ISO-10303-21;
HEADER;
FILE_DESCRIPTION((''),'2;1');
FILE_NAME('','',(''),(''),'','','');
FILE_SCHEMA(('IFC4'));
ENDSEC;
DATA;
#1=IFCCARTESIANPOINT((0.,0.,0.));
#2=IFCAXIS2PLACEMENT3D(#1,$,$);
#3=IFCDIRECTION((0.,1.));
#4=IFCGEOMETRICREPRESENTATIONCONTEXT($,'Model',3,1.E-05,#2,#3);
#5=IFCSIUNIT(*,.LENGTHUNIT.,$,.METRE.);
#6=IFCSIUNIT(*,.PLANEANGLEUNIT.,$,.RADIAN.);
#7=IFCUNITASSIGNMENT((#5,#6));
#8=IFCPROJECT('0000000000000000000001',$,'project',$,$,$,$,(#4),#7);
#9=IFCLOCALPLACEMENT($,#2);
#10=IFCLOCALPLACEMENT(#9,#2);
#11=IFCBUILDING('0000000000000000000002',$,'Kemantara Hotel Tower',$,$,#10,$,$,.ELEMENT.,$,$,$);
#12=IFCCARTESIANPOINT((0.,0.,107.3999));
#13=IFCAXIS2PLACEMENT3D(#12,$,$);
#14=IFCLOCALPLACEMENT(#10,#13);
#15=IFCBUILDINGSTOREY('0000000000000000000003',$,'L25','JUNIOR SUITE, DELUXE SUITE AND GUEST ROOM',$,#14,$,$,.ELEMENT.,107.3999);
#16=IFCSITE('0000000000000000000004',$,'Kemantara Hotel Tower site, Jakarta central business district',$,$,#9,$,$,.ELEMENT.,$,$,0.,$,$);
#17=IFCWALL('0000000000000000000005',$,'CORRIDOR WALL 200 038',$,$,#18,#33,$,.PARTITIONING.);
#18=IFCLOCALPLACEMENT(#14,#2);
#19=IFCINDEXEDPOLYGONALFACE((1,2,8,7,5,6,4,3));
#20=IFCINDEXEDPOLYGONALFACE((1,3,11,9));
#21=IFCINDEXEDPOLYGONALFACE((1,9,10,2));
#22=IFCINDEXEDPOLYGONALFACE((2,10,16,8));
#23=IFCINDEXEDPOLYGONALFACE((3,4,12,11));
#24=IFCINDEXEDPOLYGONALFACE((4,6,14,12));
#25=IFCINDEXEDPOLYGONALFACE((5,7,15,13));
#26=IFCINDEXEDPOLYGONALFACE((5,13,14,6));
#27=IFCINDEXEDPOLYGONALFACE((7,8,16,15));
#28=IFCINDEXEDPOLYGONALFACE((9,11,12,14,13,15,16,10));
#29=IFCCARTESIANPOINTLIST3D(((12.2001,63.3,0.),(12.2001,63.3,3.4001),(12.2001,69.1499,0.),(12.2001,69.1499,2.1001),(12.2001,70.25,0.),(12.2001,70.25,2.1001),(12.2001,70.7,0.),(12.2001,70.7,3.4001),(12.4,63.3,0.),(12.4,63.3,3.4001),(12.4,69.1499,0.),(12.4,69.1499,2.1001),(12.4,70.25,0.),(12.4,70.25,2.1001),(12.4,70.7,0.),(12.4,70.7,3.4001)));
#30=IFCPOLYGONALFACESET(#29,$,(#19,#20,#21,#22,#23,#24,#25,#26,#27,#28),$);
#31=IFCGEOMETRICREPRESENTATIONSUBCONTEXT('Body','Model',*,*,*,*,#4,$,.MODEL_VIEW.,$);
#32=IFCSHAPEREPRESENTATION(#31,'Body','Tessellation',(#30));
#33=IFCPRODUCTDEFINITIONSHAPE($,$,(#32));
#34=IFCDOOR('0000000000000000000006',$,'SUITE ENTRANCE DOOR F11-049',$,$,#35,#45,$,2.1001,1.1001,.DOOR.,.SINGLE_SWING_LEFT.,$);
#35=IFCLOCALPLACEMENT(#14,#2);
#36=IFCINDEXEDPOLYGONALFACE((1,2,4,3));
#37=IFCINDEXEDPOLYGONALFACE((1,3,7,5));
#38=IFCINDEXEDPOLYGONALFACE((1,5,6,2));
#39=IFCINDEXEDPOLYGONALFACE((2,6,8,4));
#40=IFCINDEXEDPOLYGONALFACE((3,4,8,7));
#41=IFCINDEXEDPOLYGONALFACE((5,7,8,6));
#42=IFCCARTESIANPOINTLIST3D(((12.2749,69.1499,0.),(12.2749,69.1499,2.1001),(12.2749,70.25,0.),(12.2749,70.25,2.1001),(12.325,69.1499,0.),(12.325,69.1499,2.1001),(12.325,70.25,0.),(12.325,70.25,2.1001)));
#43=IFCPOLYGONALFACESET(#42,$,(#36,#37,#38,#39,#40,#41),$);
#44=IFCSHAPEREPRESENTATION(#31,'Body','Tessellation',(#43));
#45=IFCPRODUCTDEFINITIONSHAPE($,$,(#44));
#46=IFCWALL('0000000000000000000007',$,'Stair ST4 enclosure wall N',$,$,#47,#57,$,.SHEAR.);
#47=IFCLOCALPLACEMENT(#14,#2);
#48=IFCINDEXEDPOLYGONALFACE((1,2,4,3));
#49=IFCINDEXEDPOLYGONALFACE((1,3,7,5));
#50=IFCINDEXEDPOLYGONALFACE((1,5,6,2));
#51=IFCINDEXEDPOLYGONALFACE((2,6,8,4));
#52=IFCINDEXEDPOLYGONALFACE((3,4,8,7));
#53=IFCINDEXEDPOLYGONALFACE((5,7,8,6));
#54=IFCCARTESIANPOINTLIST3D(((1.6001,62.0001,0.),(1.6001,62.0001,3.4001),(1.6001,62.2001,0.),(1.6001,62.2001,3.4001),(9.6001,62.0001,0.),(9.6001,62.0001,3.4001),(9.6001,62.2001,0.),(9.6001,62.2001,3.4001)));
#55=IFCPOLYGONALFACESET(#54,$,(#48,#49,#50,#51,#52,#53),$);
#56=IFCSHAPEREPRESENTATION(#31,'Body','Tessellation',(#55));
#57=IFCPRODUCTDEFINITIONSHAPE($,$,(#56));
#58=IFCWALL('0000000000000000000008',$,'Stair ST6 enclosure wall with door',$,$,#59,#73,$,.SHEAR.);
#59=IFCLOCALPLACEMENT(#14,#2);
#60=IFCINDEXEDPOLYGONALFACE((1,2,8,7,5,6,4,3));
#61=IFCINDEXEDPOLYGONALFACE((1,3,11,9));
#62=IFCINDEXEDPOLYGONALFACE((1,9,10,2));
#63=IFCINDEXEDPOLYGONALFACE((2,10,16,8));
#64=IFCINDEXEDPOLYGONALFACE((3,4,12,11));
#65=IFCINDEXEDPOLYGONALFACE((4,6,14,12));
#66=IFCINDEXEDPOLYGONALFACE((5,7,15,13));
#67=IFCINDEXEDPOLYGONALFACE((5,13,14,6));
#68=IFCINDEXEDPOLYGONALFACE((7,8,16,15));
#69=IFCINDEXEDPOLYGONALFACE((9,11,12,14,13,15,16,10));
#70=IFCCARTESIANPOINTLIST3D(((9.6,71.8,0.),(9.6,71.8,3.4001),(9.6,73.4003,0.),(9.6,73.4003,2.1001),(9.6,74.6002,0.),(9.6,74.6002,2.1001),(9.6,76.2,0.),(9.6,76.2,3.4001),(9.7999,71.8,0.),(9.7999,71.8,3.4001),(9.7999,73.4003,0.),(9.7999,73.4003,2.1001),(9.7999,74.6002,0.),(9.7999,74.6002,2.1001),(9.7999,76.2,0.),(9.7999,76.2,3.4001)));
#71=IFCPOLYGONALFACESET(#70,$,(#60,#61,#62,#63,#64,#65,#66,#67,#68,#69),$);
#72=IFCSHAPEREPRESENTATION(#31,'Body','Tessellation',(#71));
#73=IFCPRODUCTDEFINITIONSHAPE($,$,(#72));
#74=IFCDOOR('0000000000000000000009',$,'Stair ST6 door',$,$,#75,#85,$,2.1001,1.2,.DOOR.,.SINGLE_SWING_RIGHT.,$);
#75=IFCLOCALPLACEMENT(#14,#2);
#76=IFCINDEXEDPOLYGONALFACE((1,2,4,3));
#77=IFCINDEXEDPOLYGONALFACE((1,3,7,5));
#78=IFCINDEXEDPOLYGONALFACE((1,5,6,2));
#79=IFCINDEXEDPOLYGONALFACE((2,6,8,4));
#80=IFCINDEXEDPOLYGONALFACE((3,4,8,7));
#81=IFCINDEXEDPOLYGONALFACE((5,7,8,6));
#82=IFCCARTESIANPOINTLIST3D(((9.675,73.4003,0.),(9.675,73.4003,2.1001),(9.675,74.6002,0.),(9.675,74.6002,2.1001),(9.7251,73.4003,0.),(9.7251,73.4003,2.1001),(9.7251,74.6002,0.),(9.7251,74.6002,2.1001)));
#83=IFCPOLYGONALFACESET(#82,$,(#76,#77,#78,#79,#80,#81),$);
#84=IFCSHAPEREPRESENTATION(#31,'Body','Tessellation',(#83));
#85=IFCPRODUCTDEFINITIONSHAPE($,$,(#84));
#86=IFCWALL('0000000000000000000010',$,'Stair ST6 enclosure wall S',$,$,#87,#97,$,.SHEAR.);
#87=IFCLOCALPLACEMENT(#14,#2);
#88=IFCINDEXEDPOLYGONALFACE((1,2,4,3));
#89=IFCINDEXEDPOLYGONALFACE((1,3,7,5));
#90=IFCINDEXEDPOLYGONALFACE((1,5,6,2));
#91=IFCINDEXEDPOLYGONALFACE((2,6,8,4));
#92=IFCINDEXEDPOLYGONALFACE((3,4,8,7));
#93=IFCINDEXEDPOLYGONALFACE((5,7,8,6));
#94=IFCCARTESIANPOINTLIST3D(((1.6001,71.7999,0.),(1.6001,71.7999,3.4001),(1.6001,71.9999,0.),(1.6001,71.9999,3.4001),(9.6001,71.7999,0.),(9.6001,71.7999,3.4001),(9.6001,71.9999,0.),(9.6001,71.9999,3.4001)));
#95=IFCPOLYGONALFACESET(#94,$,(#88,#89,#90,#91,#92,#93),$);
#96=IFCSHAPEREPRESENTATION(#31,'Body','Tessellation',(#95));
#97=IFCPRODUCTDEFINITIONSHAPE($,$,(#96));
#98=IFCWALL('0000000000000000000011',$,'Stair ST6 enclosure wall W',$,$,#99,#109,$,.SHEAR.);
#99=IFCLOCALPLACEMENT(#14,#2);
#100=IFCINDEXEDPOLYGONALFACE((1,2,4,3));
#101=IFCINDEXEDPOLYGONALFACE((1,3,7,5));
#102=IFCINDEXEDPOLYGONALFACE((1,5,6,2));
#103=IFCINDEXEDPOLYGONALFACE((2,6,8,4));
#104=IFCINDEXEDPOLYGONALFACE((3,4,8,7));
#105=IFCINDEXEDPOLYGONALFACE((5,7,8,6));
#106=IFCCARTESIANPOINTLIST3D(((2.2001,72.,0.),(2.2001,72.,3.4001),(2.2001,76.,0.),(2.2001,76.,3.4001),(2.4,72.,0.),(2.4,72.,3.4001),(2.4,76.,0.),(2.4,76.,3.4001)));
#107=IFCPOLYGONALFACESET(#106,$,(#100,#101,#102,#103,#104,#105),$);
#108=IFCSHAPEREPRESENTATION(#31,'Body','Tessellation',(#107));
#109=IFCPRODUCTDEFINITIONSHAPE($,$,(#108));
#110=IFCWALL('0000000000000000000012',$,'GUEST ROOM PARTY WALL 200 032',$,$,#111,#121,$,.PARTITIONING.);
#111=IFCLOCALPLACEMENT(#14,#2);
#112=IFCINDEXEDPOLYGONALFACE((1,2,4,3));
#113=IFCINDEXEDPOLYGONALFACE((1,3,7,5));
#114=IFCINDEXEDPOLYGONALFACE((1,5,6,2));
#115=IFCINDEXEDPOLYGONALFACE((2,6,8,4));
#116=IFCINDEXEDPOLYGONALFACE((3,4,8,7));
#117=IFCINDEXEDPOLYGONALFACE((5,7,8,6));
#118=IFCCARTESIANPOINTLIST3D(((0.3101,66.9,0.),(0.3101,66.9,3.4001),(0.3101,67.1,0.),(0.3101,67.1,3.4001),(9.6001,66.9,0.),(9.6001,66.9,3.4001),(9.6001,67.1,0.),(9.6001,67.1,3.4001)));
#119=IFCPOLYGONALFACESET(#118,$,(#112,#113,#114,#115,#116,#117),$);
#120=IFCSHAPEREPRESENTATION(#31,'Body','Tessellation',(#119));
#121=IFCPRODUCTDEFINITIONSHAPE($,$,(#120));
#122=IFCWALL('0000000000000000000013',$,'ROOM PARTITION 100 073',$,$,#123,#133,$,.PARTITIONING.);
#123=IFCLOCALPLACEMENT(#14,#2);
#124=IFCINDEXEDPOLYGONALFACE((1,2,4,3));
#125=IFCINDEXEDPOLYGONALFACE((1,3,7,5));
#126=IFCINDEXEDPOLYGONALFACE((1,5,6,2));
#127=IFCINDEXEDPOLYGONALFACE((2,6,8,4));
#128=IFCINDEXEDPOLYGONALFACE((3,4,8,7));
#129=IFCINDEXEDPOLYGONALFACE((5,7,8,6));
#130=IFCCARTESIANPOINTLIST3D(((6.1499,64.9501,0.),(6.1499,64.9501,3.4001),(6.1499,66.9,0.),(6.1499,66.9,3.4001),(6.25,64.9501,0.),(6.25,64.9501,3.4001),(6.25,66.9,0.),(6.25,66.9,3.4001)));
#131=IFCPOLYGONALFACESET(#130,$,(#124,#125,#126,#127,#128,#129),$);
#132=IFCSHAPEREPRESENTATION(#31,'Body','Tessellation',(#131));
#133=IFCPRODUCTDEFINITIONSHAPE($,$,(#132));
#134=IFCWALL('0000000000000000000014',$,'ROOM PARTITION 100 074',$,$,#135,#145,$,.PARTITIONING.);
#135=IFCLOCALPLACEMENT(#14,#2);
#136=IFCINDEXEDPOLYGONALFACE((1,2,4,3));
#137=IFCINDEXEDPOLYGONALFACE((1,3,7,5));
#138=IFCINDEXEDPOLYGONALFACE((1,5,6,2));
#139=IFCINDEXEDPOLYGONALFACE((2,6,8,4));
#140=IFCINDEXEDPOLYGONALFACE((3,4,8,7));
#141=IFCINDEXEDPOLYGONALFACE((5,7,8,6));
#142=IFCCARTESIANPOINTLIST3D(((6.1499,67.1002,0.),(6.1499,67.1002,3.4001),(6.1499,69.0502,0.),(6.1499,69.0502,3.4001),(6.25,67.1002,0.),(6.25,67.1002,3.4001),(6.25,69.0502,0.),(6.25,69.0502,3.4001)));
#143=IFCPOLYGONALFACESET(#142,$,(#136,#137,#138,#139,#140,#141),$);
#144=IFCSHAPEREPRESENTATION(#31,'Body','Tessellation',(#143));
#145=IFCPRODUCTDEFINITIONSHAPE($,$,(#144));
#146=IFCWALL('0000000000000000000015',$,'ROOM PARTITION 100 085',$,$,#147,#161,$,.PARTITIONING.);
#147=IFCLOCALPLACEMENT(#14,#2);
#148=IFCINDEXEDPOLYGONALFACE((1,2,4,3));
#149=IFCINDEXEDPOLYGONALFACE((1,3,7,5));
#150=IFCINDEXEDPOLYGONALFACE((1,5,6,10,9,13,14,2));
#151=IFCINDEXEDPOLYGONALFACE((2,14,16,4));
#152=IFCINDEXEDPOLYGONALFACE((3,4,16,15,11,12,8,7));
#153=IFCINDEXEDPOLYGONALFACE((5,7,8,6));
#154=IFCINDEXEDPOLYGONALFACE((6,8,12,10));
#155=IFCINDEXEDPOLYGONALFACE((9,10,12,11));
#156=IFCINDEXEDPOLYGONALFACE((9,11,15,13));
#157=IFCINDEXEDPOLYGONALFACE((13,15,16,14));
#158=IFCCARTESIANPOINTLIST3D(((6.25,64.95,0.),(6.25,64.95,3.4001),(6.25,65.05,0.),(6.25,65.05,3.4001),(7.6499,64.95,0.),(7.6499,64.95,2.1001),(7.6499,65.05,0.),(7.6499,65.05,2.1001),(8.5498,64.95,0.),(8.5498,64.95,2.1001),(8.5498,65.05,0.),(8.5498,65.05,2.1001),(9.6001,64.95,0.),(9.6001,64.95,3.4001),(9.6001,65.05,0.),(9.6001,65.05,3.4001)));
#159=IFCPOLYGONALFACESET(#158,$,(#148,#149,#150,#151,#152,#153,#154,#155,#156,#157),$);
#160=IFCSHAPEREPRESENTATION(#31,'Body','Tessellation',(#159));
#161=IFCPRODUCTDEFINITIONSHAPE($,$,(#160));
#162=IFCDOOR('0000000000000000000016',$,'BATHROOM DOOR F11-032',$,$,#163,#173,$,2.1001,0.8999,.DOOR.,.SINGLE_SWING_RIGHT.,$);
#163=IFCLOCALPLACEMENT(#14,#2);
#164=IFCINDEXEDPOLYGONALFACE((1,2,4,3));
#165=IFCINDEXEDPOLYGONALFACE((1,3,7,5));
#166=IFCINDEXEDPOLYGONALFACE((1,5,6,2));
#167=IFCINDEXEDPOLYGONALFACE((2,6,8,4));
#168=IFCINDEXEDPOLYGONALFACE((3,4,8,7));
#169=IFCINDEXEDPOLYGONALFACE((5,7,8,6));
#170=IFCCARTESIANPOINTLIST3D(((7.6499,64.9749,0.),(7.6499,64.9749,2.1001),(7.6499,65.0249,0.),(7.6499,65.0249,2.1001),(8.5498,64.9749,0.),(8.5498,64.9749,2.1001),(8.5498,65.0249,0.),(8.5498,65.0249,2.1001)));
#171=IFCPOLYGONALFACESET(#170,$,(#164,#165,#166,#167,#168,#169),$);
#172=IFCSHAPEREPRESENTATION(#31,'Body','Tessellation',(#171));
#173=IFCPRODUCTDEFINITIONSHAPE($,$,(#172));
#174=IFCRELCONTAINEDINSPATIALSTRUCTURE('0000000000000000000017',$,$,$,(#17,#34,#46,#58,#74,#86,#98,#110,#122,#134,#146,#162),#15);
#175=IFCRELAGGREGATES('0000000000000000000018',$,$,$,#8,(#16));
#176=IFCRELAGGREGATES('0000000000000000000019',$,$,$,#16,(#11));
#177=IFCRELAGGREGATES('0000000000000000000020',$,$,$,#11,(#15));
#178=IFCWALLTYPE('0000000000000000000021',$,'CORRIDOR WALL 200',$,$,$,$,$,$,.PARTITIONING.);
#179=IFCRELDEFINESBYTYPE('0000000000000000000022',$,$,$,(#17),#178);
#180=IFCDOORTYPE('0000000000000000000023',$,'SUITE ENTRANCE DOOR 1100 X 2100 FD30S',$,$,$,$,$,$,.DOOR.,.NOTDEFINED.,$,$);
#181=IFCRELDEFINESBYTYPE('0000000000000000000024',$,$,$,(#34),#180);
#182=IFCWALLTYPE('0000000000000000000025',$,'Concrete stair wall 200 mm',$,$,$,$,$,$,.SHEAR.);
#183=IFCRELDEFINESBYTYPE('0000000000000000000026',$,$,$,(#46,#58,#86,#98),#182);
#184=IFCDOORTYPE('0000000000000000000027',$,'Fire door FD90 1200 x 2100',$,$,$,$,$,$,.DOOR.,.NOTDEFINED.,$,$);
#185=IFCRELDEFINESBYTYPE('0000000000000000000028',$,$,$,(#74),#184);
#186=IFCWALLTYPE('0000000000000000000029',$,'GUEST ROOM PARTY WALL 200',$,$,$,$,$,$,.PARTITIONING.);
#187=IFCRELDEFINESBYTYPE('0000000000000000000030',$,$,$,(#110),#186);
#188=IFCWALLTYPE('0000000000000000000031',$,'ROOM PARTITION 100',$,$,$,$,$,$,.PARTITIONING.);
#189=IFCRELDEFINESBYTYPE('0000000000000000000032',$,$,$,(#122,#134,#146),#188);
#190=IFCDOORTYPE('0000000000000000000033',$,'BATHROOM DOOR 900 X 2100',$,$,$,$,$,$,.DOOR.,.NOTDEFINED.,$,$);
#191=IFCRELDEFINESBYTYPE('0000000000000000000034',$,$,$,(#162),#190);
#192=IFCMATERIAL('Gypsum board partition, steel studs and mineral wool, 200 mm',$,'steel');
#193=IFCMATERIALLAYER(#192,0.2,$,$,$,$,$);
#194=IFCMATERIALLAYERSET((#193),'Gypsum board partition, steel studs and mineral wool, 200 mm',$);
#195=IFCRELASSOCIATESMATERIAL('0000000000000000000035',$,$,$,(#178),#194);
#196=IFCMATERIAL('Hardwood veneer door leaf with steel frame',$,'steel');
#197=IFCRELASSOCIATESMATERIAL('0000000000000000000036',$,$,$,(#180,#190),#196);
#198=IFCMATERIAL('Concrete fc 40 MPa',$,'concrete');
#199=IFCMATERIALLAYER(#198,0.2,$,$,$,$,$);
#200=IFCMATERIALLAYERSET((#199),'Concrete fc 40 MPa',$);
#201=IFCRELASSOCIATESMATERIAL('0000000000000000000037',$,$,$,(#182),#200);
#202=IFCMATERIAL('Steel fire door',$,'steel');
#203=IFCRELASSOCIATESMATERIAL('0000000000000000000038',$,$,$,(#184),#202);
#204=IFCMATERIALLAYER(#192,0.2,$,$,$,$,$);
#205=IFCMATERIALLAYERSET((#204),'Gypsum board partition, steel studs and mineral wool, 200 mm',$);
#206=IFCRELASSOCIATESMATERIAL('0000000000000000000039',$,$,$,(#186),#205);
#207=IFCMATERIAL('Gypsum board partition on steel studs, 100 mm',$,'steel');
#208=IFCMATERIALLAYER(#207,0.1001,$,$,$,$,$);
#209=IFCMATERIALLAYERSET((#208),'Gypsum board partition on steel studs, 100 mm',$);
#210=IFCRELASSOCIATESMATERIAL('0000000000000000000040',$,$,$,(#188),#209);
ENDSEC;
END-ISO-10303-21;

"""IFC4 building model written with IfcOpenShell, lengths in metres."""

from ifc_helpers import new_model, si_unit, direction, frame, frame_2d, origin, place, context, subcontext, project, spatial, rectangle, extrude, material, layer, layer_set, type_object, element, fill, save


model = new_model("IFC4")

# Units and contexts
model_context = context("Model", 3, precision=1e-05, world=origin(), true_north=direction((0.0, 1.0)))
body_context = subcontext(model_context, "Body", "Model", "MODEL_VIEW")
ifc_project = project(units=[si_unit("LENGTHUNIT", "METRE"), si_unit("PLANEANGLEUNIT", "RADIAN")], contexts=[model_context])

# Site, building, storey
site_placement = place(None, origin())
site = spatial("IfcSite", under=ifc_project, at=site_placement, Name="Kemantara Hotel Tower site, Jakarta central business district", CompositionType="ELEMENT", RefElevation=0.0)
building_placement = place(site_placement, origin())
building = spatial("IfcBuilding", under=site, at=building_placement, Name="Kemantara Hotel Tower", CompositionType="ELEMENT")
storey_placement = place(building_placement, frame((0.0, 0.0, 107.3999)))
storey = spatial("IfcBuildingStorey", under=building, at=storey_placement, Name="L25", Description="JUNIOR SUITE, DELUXE SUITE AND GUEST ROOM", CompositionType="ELEMENT", Elevation=107.3999)

# Shared definitions
ifc_material_1 = material(Name="Gypsum board partition, steel studs and mineral wool, 200 mm", Category="steel")
ifc_layer_1 = layer(ifc_material_1, 0.2)
ifc_layer_set_1 = layer_set([ifc_layer_1], Name="Gypsum board partition, steel studs and mineral wool, 200 mm")
wall_type_1 = type_object("IfcWallType", Name="CORRIDOR WALL 200", PredefinedType="PARTITIONING", material=ifc_layer_set_1)
ifc_material_2 = material(Name="Hardwood veneer door leaf with steel frame", Category="steel")
door_type_1 = type_object("IfcDoorType", Name="SUITE ENTRANCE DOOR 1100 X 2100 FD30S", OperationType="NOTDEFINED", PredefinedType="DOOR", material=ifc_material_2)

# Wall, opening, door
wall_1_placement = place(storey_placement, frame((12.3, 70.7, 0.0), z_axis=(0.0, 0.0, 1.0), x_axis=(0.0, -1.0, 0.0)))
wall_1 = element("IfcWall", 1, at=wall_1_placement, inside=storey, type_object=wall_type_1, Name="CORRIDOR WALL 200 038", PredefinedType="PARTITIONING", context=body_context, shape_type="SweptSolid", body=[
    extrude(rectangle(XDim=7.3999, YDim=0.2, at=frame_2d((3.7, 0.0))), origin(), (0.0, 0.0, 1.0), 3.4001),
])
opening_1_placement = place(wall_1_placement, frame((0.45, 0.0, 0.0)))
opening_1 = element("IfcOpeningElement", 2, at=opening_1_placement, cuts=wall_1, PredefinedType="OPENING", context=body_context, shape_type="SweptSolid", body=[
    extrude(rectangle(XDim=1.1001, YDim=2.1001, at=frame_2d((0.55, 1.05))), frame((0.0, 0.1099, 0.0), z_axis=(0.0, -1.0, 0.0), x_axis=(1.0, 0.0, 0.0)), (0.0, 0.0, 1.0), 0.22),
])
door_1_placement = place(opening_1_placement, origin())
door_1 = element("IfcDoor", 3, at=door_1_placement, inside=storey, type_object=door_type_1, Name="SUITE ENTRANCE DOOR F11-049", OperationType="SINGLE_SWING_LEFT", OverallHeight=2.1001, OverallWidth=1.1001, PredefinedType="DOOR", context=body_context, shape_type="SweptSolid", body=[
    extrude(rectangle(XDim=1.1001, YDim=2.1001, at=frame_2d((0.55, 1.05))), frame((0.0, 0.0249, 0.0), z_axis=(0.0, -1.0, 0.0), x_axis=(1.0, 0.0, 0.0)), (0.0, 0.0, 1.0), 0.05),
])
fill(opening_1, door_1)

# Wall
ifc_material_3 = material(Name="Concrete fc 40 MPa", Category="concrete")
ifc_layer_2 = layer(ifc_material_3, 0.2)
ifc_layer_set_2 = layer_set([ifc_layer_2], Name="Concrete fc 40 MPa")
wall_type_2 = type_object("IfcWallType", Name="Concrete stair wall 200 mm", PredefinedType="SHEAR", material=ifc_layer_set_2)
wall_2_placement = place(storey_placement, frame((1.6001, 62.1001, 0.0), z_axis=(0.0, 0.0, 1.0), x_axis=(1.0, 0.0, 0.0)))
element("IfcWall", 4, at=wall_2_placement, inside=storey, type_object=wall_type_2, Name="Stair ST4 enclosure wall N", PredefinedType="SHEAR", context=body_context, shape_type="SweptSolid", body=[
    extrude(rectangle(XDim=8.0, YDim=0.2, at=frame_2d((4.0, 0.0))), origin(), (0.0, 0.0, 1.0), 3.4001),
])

# Wall, opening, door
wall_3_placement = place(storey_placement, frame((9.7, 71.8, 0.0), z_axis=(0.0, 0.0, 1.0), x_axis=(0.0, 1.0, 0.0)))
wall_3 = element("IfcWall", 5, at=wall_3_placement, inside=storey, type_object=wall_type_2, Name="Stair ST6 enclosure wall with door", PredefinedType="SHEAR", context=body_context, shape_type="SweptSolid", body=[
    extrude(rectangle(XDim=4.3999, YDim=0.2, at=frame_2d((2.2, 0.0))), origin(), (0.0, 0.0, 1.0), 3.4001),
])
opening_2_placement = place(wall_3_placement, frame((1.6001, 0.0, 0.0)))
opening_2 = element("IfcOpeningElement", 6, at=opening_2_placement, cuts=wall_3, PredefinedType="OPENING", context=body_context, shape_type="SweptSolid", body=[
    extrude(rectangle(XDim=1.2, YDim=2.1001, at=frame_2d((0.6001, 1.05))), frame((0.0, 0.1099, 0.0), z_axis=(0.0, -1.0, 0.0), x_axis=(1.0, 0.0, 0.0)), (0.0, 0.0, 1.0), 0.22),
])
ifc_material_4 = material(Name="Steel fire door", Category="steel")
door_type_2 = type_object("IfcDoorType", Name="Fire door FD90 1200 x 2100", OperationType="NOTDEFINED", PredefinedType="DOOR", material=ifc_material_4)
door_2_placement = place(opening_2_placement, origin())
door_2 = element("IfcDoor", 7, at=door_2_placement, inside=storey, type_object=door_type_2, Name="Stair ST6 door", OperationType="SINGLE_SWING_RIGHT", OverallHeight=2.1001, OverallWidth=1.2, PredefinedType="DOOR", context=body_context, shape_type="SweptSolid", body=[
    extrude(rectangle(XDim=1.2, YDim=2.1001, at=frame_2d((0.6001, 1.05))), frame((0.0, 0.0249, 0.0), z_axis=(0.0, -1.0, 0.0), x_axis=(1.0, 0.0, 0.0)), (0.0, 0.0, 1.0), 0.05),
])
fill(opening_2, door_2)

# Walls
wall_4_placement = place(storey_placement, frame((1.6001, 71.8999, 0.0), z_axis=(0.0, 0.0, 1.0), x_axis=(1.0, 0.0, 0.0)))
element("IfcWall", 8, at=wall_4_placement, inside=storey, type_object=wall_type_2, Name="Stair ST6 enclosure wall S", PredefinedType="SHEAR", context=body_context, shape_type="SweptSolid", body=[
    extrude(rectangle(XDim=8.0, YDim=0.2, at=frame_2d((4.0, 0.0))), origin(), (0.0, 0.0, 1.0), 3.4001),
])
wall_5_placement = place(storey_placement, frame((2.3, 72.0, 0.0), z_axis=(0.0, 0.0, 1.0), x_axis=(0.0, 1.0, 0.0)))
element("IfcWall", 9, at=wall_5_placement, inside=storey, type_object=wall_type_2, Name="Stair ST6 enclosure wall W", PredefinedType="SHEAR", context=body_context, shape_type="SweptSolid", body=[
    extrude(rectangle(XDim=4.0, YDim=0.2, at=frame_2d((2.0, 0.0))), origin(), (0.0, 0.0, 1.0), 3.4001),
])
ifc_layer_3 = layer(ifc_material_1, 0.2)
ifc_layer_set_3 = layer_set([ifc_layer_3], Name="Gypsum board partition, steel studs and mineral wool, 200 mm")
wall_type_3 = type_object("IfcWallType", Name="GUEST ROOM PARTY WALL 200", PredefinedType="PARTITIONING", material=ifc_layer_set_3)
wall_6_placement = place(storey_placement, frame((0.3101, 67.0, 0.0), z_axis=(0.0, 0.0, 1.0), x_axis=(1.0, 0.0, 0.0)))
element("IfcWall", 10, at=wall_6_placement, inside=storey, type_object=wall_type_3, Name="GUEST ROOM PARTY WALL 200 032", PredefinedType="PARTITIONING", context=body_context, shape_type="SweptSolid", body=[
    extrude(rectangle(XDim=9.29, YDim=0.2, at=frame_2d((4.645, 0.0))), origin(), (0.0, 0.0, 1.0), 3.4001),
])
ifc_material_5 = material(Name="Gypsum board partition on steel studs, 100 mm", Category="steel")
ifc_layer_4 = layer(ifc_material_5, 0.1001)
ifc_layer_set_4 = layer_set([ifc_layer_4], Name="Gypsum board partition on steel studs, 100 mm")
wall_type_4 = type_object("IfcWallType", Name="ROOM PARTITION 100", PredefinedType="PARTITIONING", material=ifc_layer_set_4)
for number, where, z_axis, x_axis, name in (
    (11, (6.2, 64.95, 0.0), (0.0, 0.0, 1.0), (0.0, 1.0, 0.0), "ROOM PARTITION 100 073"),
    (12, (6.2, 67.1001, 0.0), (0.0, 0.0, 1.0), (0.0, 1.0, 0.0), "ROOM PARTITION 100 074"),
):
    element("IfcWall", number, at=place(storey_placement, frame(where, z_axis=z_axis, x_axis=x_axis)), inside=storey, type_object=wall_type_4, Name=name, PredefinedType="PARTITIONING", context=body_context, shape_type="SweptSolid", body=[
        extrude(rectangle(XDim=1.95, YDim=0.1001, at=frame_2d((0.9751, 0.0))), origin(), (0.0, 0.0, 1.0), 3.4001),
    ])

# Wall, opening, door
wall_7_placement = place(storey_placement, frame((6.25, 65.0, 0.0), z_axis=(0.0, 0.0, 1.0), x_axis=(1.0, 0.0, 0.0)))
wall_7 = element("IfcWall", 13, at=wall_7_placement, inside=storey, type_object=wall_type_4, Name="ROOM PARTITION 100 085", PredefinedType="PARTITIONING", context=body_context, shape_type="SweptSolid", body=[
    extrude(rectangle(XDim=3.3501, YDim=0.1001, at=frame_2d((1.675, 0.0))), origin(), (0.0, 0.0, 1.0), 3.4001),
])
opening_3_placement = place(wall_7_placement, frame((1.3999, 0.0, 0.0)))
opening_3 = element("IfcOpeningElement", 14, at=opening_3_placement, cuts=wall_7, PredefinedType="OPENING", context=body_context, shape_type="SweptSolid", body=[
    extrude(rectangle(XDim=0.8999, YDim=2.1001, at=frame_2d((0.45, 1.05))), frame((0.0, 0.0601, 0.0), z_axis=(0.0, -1.0, 0.0), x_axis=(1.0, 0.0, 0.0)), (0.0, 0.0, 1.0), 0.1201),
])
door_type_3 = type_object("IfcDoorType", Name="BATHROOM DOOR 900 X 2100", OperationType="NOTDEFINED", PredefinedType="DOOR", material=ifc_material_2)
door_3_placement = place(opening_3_placement, origin())
door_3 = element("IfcDoor", 15, at=door_3_placement, inside=storey, type_object=door_type_3, Name="BATHROOM DOOR F11-032", OperationType="SINGLE_SWING_RIGHT", OverallHeight=2.1001, OverallWidth=0.8999, PredefinedType="DOOR", context=body_context, shape_type="SweptSolid", body=[
    extrude(rectangle(XDim=0.8999, YDim=2.1001, at=frame_2d((0.45, 1.05))), frame((0.0, 0.0249, 0.0), z_axis=(0.0, -1.0, 0.0), x_axis=(1.0, 0.0, 0.0)), (0.0, 0.0, 1.0), 0.05),
])
fill(opening_3, door_3)

save(model, "model.ifc")
